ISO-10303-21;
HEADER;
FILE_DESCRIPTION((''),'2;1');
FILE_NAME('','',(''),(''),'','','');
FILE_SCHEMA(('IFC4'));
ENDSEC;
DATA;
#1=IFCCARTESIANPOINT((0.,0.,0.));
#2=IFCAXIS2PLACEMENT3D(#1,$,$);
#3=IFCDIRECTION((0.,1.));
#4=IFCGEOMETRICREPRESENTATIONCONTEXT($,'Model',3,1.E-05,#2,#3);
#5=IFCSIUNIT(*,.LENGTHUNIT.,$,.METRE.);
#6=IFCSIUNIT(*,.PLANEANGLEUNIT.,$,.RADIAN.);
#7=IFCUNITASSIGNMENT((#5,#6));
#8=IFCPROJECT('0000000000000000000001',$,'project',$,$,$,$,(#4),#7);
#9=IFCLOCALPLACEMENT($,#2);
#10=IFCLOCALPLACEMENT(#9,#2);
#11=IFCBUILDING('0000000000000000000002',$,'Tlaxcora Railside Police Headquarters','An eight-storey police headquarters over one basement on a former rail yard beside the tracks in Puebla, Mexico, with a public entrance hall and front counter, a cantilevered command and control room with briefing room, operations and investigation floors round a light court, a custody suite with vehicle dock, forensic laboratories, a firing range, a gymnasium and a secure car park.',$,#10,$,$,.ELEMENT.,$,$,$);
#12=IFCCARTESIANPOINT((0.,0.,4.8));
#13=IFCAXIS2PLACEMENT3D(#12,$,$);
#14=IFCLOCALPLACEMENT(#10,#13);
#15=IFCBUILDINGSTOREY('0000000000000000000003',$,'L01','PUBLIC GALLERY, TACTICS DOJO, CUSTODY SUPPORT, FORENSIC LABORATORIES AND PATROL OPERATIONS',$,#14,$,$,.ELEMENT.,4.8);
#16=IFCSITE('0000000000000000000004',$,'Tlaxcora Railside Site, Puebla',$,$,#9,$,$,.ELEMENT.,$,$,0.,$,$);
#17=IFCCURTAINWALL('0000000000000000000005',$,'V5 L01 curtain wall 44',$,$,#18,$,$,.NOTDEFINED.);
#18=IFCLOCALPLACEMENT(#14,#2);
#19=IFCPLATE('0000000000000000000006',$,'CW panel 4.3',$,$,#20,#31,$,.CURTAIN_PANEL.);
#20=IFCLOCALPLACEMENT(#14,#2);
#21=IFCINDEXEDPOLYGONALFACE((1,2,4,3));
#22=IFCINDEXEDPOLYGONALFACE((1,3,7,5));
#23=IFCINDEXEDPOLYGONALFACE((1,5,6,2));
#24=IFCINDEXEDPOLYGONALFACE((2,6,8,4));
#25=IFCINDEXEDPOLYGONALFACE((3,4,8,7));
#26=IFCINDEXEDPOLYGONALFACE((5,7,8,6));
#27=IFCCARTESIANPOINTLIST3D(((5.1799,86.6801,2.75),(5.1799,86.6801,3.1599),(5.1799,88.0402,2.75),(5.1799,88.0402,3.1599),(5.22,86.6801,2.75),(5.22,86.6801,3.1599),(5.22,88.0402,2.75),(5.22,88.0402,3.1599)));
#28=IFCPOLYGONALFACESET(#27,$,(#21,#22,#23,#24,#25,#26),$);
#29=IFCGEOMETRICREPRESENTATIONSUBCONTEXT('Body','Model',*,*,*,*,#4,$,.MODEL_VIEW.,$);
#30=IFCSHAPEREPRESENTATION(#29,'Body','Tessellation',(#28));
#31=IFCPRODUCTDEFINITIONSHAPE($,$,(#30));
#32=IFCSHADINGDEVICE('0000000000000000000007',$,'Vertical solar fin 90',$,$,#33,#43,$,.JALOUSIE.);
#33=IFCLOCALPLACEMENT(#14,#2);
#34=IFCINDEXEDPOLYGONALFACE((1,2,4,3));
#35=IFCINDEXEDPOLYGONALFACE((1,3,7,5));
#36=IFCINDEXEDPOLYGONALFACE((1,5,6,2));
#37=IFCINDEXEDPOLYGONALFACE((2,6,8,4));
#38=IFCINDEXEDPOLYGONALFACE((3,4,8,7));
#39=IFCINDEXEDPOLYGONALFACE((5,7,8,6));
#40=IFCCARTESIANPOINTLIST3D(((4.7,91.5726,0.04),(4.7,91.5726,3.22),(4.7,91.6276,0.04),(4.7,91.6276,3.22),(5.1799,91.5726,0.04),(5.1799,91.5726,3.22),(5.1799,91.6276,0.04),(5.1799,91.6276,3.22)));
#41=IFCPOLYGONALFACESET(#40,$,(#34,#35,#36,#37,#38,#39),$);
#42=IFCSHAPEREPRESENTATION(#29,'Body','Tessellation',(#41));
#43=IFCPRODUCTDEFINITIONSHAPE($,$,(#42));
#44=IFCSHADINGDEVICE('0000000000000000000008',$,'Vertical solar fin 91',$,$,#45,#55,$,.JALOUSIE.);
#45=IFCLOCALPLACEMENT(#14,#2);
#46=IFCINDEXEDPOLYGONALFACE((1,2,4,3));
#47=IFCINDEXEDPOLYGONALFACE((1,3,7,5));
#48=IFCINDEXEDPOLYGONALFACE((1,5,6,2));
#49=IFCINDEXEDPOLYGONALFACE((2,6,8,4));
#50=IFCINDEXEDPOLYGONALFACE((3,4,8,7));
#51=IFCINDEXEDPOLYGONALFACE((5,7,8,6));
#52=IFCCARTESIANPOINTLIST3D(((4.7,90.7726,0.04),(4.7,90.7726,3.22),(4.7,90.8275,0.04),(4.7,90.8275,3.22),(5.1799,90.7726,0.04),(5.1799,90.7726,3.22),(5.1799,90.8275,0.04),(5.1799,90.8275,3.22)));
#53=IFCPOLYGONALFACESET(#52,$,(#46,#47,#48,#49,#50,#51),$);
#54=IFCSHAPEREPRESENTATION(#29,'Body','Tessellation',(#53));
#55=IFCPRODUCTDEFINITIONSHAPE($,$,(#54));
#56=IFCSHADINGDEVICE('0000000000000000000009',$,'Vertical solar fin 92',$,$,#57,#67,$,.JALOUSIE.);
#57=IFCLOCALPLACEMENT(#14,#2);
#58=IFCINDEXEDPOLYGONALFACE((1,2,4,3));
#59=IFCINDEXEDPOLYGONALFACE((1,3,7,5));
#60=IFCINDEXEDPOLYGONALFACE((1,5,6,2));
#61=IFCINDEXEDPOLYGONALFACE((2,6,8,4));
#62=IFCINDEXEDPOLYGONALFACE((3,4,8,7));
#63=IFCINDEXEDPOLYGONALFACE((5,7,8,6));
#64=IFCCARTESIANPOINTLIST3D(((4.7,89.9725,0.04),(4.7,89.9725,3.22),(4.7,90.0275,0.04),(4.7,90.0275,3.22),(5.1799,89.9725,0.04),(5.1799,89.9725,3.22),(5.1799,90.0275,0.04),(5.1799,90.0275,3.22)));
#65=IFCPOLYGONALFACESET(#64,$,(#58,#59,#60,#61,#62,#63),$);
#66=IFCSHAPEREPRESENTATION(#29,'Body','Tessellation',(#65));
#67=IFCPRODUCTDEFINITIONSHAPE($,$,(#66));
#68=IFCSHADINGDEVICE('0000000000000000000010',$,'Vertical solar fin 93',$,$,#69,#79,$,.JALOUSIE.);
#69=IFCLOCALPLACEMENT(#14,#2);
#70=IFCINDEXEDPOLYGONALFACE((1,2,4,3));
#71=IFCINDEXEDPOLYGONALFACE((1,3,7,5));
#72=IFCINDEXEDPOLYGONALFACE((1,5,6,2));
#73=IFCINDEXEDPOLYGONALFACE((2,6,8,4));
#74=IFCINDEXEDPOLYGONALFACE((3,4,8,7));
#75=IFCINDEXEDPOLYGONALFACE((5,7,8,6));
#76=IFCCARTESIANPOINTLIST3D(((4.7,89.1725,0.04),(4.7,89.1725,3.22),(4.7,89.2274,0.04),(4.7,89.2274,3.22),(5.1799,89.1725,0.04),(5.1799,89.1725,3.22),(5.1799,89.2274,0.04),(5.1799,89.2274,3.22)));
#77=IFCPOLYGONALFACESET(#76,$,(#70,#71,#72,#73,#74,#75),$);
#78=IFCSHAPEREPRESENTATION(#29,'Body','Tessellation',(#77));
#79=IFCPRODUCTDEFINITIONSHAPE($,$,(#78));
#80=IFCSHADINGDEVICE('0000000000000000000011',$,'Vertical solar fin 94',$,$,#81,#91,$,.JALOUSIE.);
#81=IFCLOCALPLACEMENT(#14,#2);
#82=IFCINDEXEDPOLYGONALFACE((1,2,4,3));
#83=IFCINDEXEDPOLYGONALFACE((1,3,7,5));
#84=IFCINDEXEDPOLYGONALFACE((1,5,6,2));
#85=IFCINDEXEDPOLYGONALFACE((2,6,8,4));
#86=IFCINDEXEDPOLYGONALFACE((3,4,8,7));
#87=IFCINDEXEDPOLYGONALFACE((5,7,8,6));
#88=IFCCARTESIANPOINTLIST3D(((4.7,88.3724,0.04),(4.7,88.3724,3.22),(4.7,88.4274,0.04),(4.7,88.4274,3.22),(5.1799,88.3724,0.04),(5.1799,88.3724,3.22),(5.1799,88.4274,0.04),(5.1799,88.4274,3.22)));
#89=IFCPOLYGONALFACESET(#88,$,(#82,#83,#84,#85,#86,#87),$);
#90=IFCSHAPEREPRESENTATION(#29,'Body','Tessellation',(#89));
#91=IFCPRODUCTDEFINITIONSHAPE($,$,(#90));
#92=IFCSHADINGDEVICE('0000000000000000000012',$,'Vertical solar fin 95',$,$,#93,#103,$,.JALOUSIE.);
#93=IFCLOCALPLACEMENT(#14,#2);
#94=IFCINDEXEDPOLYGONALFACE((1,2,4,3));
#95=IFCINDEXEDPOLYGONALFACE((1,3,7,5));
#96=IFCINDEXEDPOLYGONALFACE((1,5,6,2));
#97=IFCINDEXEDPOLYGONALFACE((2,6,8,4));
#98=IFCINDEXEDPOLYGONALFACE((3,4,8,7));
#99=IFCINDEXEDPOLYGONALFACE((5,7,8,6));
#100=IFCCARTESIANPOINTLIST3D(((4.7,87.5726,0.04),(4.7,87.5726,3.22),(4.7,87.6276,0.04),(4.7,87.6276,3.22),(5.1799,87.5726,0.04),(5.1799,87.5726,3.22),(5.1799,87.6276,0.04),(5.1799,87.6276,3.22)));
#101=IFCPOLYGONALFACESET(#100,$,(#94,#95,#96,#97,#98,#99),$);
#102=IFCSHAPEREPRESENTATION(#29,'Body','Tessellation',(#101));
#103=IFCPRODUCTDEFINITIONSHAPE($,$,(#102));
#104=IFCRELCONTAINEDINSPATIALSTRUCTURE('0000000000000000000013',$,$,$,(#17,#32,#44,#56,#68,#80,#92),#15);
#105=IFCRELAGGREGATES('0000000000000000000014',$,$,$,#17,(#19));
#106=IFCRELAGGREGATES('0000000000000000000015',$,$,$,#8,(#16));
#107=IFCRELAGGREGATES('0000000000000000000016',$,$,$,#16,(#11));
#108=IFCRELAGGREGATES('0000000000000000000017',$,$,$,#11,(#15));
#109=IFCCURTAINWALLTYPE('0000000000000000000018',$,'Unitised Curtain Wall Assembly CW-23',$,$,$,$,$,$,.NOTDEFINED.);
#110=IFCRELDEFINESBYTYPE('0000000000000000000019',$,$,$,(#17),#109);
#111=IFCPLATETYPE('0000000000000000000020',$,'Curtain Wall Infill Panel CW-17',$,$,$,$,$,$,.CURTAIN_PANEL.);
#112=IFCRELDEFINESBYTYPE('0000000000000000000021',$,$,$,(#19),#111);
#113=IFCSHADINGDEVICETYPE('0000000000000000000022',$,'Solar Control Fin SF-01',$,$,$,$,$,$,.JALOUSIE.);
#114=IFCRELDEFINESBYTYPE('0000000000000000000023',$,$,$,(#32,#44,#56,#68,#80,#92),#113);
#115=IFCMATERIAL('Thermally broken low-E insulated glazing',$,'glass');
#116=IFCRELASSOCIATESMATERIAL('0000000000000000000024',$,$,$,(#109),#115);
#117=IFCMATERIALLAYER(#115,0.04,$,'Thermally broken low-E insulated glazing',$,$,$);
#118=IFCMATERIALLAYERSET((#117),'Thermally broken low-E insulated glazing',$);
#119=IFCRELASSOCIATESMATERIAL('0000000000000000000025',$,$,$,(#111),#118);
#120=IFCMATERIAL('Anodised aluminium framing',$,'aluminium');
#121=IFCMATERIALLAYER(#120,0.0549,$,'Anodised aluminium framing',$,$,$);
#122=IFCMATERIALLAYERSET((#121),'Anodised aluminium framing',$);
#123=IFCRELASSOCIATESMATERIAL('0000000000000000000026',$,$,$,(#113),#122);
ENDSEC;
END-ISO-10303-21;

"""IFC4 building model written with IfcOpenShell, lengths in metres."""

from ifc_helpers import new_model, si_unit, direction, frame, origin, origin_2d, place, context, subcontext, project, spatial, rectangle, extrude, material, layer, layer_set, type_object, element, aggregate, save


model = new_model("IFC4")

# Units and contexts
model_context = context("Model", 3, precision=1e-05, world=origin(), true_north=direction((0.0, 1.0)))
body_context = subcontext(model_context, "Body", "Model", "MODEL_VIEW")
ifc_project = project(units=[si_unit("LENGTHUNIT", "METRE"), si_unit("PLANEANGLEUNIT", "RADIAN")], contexts=[model_context])

# Site, building, storey
site_placement = place(None, origin())
site = spatial("IfcSite", under=ifc_project, at=site_placement, Name="Tlaxcora Railside Site, Puebla", CompositionType="ELEMENT", RefElevation=0.0)
building_placement = place(site_placement, origin())
building = spatial("IfcBuilding", under=site, at=building_placement, Name="Tlaxcora Railside Police Headquarters", Description="An eight-storey police headquarters over one basement on a former rail yard beside the tracks in Puebla, Mexico, with a public entrance hall and front counter, a cantilevered command and control room with briefing room, operations and investigation floors round a light court, a custody suite with vehicle dock, forensic laboratories, a firing range, a gymnasium and a secure car park.", CompositionType="ELEMENT")
storey_placement = place(building_placement, frame((0.0, 0.0, 4.8)))
storey = spatial("IfcBuildingStorey", under=building, at=storey_placement, Name="L01", Description="PUBLIC GALLERY, TACTICS DOJO, CUSTODY SUPPORT, FORENSIC LABORATORIES AND PATROL OPERATIONS", CompositionType="ELEMENT", Elevation=4.8)

# Curtain wall, plate
ifc_material_1 = material(Name="Thermally broken low-E insulated glazing", Category="glass")
curtain_wall_type = type_object("IfcCurtainWallType", Name="Unitised Curtain Wall Assembly CW-23", PredefinedType="NOTDEFINED", material=ifc_material_1)
curtain_wall_placement = place(storey_placement, origin())
curtain_wall = element("IfcCurtainWall", 1, at=curtain_wall_placement, inside=storey, type_object=curtain_wall_type, Name="V5 L01 curtain wall 44", PredefinedType="NOTDEFINED")
ifc_material_2 = material(Name="Anodised aluminium framing", Category="aluminium")
ifc_layer_1 = layer(ifc_material_1, 0.04, Name="Thermally broken low-E insulated glazing")
ifc_layer_set_1 = layer_set([ifc_layer_1], Name="Thermally broken low-E insulated glazing")
plate_type = type_object("IfcPlateType", Name="Curtain Wall Infill Panel CW-17", PredefinedType="CURTAIN_PANEL", material=ifc_layer_set_1)
plate_1_placement = place(storey_placement, frame((5.2, 87.3601, 2.75), z_axis=(0.0, 0.0, 1.0), x_axis=(0.0, -1.0, 0.0)))
plate_1 = element("IfcPlate", 2, at=plate_1_placement, type_object=plate_type, Name="CW panel 4.3", PredefinedType="CURTAIN_PANEL", context=body_context, shape_type="SweptSolid", body=[
    extrude(rectangle(XDim=1.3601, YDim=0.04, at=origin_2d()), origin(), (0.0, 0.0, 1.0), 0.4099),
])
aggregate(curtain_wall, [plate_1])

# Shading devices
ifc_layer_2 = layer(ifc_material_2, 0.0549, Name="Anodised aluminium framing")
ifc_layer_set_2 = layer_set([ifc_layer_2], Name="Anodised aluminium framing")
shading_device_type = type_object("IfcShadingDeviceType", Name="Solar Control Fin SF-01", PredefinedType="JALOUSIE", material=ifc_layer_set_2)
for number, where, z_axis, x_axis, name in (
    (3, (4.9399, 91.6001, 0.04), (0.0, 0.0, 1.0), (-1.0, 0.0, 0.0), "Vertical solar fin 90"),
    (4, (4.9399, 90.8, 0.04), (0.0, 0.0, 1.0), (-1.0, 0.0, 0.0), "Vertical solar fin 91"),
    (5, (4.9399, 90.0, 0.04), (0.0, 0.0, 1.0), (-1.0, 0.0, 0.0), "Vertical solar fin 92"),
    (6, (4.9399, 89.2, 0.04), (0.0, 0.0, 1.0), (-1.0, 0.0, 0.0), "Vertical solar fin 93"),
    (7, (4.9399, 88.3999, 0.04), (0.0, 0.0, 1.0), (-1.0, 0.0, 0.0), "Vertical solar fin 94"),
    (8, (4.9399, 87.6001, 0.04), (0.0, 0.0, 1.0), (-1.0, 0.0, 0.0), "Vertical solar fin 95"),
):
    element("IfcShadingDevice", number, at=place(storey_placement, frame(where, z_axis=z_axis, x_axis=x_axis)), inside=storey, type_object=shading_device_type, Name=name, PredefinedType="JALOUSIE", context=body_context, shape_type="SweptSolid", body=[
        extrude(rectangle(XDim=0.48, YDim=0.0549, at=origin_2d()), origin(), (0.0, 0.0, 1.0), 3.1799),
    ])

save(model, "model.ifc")
